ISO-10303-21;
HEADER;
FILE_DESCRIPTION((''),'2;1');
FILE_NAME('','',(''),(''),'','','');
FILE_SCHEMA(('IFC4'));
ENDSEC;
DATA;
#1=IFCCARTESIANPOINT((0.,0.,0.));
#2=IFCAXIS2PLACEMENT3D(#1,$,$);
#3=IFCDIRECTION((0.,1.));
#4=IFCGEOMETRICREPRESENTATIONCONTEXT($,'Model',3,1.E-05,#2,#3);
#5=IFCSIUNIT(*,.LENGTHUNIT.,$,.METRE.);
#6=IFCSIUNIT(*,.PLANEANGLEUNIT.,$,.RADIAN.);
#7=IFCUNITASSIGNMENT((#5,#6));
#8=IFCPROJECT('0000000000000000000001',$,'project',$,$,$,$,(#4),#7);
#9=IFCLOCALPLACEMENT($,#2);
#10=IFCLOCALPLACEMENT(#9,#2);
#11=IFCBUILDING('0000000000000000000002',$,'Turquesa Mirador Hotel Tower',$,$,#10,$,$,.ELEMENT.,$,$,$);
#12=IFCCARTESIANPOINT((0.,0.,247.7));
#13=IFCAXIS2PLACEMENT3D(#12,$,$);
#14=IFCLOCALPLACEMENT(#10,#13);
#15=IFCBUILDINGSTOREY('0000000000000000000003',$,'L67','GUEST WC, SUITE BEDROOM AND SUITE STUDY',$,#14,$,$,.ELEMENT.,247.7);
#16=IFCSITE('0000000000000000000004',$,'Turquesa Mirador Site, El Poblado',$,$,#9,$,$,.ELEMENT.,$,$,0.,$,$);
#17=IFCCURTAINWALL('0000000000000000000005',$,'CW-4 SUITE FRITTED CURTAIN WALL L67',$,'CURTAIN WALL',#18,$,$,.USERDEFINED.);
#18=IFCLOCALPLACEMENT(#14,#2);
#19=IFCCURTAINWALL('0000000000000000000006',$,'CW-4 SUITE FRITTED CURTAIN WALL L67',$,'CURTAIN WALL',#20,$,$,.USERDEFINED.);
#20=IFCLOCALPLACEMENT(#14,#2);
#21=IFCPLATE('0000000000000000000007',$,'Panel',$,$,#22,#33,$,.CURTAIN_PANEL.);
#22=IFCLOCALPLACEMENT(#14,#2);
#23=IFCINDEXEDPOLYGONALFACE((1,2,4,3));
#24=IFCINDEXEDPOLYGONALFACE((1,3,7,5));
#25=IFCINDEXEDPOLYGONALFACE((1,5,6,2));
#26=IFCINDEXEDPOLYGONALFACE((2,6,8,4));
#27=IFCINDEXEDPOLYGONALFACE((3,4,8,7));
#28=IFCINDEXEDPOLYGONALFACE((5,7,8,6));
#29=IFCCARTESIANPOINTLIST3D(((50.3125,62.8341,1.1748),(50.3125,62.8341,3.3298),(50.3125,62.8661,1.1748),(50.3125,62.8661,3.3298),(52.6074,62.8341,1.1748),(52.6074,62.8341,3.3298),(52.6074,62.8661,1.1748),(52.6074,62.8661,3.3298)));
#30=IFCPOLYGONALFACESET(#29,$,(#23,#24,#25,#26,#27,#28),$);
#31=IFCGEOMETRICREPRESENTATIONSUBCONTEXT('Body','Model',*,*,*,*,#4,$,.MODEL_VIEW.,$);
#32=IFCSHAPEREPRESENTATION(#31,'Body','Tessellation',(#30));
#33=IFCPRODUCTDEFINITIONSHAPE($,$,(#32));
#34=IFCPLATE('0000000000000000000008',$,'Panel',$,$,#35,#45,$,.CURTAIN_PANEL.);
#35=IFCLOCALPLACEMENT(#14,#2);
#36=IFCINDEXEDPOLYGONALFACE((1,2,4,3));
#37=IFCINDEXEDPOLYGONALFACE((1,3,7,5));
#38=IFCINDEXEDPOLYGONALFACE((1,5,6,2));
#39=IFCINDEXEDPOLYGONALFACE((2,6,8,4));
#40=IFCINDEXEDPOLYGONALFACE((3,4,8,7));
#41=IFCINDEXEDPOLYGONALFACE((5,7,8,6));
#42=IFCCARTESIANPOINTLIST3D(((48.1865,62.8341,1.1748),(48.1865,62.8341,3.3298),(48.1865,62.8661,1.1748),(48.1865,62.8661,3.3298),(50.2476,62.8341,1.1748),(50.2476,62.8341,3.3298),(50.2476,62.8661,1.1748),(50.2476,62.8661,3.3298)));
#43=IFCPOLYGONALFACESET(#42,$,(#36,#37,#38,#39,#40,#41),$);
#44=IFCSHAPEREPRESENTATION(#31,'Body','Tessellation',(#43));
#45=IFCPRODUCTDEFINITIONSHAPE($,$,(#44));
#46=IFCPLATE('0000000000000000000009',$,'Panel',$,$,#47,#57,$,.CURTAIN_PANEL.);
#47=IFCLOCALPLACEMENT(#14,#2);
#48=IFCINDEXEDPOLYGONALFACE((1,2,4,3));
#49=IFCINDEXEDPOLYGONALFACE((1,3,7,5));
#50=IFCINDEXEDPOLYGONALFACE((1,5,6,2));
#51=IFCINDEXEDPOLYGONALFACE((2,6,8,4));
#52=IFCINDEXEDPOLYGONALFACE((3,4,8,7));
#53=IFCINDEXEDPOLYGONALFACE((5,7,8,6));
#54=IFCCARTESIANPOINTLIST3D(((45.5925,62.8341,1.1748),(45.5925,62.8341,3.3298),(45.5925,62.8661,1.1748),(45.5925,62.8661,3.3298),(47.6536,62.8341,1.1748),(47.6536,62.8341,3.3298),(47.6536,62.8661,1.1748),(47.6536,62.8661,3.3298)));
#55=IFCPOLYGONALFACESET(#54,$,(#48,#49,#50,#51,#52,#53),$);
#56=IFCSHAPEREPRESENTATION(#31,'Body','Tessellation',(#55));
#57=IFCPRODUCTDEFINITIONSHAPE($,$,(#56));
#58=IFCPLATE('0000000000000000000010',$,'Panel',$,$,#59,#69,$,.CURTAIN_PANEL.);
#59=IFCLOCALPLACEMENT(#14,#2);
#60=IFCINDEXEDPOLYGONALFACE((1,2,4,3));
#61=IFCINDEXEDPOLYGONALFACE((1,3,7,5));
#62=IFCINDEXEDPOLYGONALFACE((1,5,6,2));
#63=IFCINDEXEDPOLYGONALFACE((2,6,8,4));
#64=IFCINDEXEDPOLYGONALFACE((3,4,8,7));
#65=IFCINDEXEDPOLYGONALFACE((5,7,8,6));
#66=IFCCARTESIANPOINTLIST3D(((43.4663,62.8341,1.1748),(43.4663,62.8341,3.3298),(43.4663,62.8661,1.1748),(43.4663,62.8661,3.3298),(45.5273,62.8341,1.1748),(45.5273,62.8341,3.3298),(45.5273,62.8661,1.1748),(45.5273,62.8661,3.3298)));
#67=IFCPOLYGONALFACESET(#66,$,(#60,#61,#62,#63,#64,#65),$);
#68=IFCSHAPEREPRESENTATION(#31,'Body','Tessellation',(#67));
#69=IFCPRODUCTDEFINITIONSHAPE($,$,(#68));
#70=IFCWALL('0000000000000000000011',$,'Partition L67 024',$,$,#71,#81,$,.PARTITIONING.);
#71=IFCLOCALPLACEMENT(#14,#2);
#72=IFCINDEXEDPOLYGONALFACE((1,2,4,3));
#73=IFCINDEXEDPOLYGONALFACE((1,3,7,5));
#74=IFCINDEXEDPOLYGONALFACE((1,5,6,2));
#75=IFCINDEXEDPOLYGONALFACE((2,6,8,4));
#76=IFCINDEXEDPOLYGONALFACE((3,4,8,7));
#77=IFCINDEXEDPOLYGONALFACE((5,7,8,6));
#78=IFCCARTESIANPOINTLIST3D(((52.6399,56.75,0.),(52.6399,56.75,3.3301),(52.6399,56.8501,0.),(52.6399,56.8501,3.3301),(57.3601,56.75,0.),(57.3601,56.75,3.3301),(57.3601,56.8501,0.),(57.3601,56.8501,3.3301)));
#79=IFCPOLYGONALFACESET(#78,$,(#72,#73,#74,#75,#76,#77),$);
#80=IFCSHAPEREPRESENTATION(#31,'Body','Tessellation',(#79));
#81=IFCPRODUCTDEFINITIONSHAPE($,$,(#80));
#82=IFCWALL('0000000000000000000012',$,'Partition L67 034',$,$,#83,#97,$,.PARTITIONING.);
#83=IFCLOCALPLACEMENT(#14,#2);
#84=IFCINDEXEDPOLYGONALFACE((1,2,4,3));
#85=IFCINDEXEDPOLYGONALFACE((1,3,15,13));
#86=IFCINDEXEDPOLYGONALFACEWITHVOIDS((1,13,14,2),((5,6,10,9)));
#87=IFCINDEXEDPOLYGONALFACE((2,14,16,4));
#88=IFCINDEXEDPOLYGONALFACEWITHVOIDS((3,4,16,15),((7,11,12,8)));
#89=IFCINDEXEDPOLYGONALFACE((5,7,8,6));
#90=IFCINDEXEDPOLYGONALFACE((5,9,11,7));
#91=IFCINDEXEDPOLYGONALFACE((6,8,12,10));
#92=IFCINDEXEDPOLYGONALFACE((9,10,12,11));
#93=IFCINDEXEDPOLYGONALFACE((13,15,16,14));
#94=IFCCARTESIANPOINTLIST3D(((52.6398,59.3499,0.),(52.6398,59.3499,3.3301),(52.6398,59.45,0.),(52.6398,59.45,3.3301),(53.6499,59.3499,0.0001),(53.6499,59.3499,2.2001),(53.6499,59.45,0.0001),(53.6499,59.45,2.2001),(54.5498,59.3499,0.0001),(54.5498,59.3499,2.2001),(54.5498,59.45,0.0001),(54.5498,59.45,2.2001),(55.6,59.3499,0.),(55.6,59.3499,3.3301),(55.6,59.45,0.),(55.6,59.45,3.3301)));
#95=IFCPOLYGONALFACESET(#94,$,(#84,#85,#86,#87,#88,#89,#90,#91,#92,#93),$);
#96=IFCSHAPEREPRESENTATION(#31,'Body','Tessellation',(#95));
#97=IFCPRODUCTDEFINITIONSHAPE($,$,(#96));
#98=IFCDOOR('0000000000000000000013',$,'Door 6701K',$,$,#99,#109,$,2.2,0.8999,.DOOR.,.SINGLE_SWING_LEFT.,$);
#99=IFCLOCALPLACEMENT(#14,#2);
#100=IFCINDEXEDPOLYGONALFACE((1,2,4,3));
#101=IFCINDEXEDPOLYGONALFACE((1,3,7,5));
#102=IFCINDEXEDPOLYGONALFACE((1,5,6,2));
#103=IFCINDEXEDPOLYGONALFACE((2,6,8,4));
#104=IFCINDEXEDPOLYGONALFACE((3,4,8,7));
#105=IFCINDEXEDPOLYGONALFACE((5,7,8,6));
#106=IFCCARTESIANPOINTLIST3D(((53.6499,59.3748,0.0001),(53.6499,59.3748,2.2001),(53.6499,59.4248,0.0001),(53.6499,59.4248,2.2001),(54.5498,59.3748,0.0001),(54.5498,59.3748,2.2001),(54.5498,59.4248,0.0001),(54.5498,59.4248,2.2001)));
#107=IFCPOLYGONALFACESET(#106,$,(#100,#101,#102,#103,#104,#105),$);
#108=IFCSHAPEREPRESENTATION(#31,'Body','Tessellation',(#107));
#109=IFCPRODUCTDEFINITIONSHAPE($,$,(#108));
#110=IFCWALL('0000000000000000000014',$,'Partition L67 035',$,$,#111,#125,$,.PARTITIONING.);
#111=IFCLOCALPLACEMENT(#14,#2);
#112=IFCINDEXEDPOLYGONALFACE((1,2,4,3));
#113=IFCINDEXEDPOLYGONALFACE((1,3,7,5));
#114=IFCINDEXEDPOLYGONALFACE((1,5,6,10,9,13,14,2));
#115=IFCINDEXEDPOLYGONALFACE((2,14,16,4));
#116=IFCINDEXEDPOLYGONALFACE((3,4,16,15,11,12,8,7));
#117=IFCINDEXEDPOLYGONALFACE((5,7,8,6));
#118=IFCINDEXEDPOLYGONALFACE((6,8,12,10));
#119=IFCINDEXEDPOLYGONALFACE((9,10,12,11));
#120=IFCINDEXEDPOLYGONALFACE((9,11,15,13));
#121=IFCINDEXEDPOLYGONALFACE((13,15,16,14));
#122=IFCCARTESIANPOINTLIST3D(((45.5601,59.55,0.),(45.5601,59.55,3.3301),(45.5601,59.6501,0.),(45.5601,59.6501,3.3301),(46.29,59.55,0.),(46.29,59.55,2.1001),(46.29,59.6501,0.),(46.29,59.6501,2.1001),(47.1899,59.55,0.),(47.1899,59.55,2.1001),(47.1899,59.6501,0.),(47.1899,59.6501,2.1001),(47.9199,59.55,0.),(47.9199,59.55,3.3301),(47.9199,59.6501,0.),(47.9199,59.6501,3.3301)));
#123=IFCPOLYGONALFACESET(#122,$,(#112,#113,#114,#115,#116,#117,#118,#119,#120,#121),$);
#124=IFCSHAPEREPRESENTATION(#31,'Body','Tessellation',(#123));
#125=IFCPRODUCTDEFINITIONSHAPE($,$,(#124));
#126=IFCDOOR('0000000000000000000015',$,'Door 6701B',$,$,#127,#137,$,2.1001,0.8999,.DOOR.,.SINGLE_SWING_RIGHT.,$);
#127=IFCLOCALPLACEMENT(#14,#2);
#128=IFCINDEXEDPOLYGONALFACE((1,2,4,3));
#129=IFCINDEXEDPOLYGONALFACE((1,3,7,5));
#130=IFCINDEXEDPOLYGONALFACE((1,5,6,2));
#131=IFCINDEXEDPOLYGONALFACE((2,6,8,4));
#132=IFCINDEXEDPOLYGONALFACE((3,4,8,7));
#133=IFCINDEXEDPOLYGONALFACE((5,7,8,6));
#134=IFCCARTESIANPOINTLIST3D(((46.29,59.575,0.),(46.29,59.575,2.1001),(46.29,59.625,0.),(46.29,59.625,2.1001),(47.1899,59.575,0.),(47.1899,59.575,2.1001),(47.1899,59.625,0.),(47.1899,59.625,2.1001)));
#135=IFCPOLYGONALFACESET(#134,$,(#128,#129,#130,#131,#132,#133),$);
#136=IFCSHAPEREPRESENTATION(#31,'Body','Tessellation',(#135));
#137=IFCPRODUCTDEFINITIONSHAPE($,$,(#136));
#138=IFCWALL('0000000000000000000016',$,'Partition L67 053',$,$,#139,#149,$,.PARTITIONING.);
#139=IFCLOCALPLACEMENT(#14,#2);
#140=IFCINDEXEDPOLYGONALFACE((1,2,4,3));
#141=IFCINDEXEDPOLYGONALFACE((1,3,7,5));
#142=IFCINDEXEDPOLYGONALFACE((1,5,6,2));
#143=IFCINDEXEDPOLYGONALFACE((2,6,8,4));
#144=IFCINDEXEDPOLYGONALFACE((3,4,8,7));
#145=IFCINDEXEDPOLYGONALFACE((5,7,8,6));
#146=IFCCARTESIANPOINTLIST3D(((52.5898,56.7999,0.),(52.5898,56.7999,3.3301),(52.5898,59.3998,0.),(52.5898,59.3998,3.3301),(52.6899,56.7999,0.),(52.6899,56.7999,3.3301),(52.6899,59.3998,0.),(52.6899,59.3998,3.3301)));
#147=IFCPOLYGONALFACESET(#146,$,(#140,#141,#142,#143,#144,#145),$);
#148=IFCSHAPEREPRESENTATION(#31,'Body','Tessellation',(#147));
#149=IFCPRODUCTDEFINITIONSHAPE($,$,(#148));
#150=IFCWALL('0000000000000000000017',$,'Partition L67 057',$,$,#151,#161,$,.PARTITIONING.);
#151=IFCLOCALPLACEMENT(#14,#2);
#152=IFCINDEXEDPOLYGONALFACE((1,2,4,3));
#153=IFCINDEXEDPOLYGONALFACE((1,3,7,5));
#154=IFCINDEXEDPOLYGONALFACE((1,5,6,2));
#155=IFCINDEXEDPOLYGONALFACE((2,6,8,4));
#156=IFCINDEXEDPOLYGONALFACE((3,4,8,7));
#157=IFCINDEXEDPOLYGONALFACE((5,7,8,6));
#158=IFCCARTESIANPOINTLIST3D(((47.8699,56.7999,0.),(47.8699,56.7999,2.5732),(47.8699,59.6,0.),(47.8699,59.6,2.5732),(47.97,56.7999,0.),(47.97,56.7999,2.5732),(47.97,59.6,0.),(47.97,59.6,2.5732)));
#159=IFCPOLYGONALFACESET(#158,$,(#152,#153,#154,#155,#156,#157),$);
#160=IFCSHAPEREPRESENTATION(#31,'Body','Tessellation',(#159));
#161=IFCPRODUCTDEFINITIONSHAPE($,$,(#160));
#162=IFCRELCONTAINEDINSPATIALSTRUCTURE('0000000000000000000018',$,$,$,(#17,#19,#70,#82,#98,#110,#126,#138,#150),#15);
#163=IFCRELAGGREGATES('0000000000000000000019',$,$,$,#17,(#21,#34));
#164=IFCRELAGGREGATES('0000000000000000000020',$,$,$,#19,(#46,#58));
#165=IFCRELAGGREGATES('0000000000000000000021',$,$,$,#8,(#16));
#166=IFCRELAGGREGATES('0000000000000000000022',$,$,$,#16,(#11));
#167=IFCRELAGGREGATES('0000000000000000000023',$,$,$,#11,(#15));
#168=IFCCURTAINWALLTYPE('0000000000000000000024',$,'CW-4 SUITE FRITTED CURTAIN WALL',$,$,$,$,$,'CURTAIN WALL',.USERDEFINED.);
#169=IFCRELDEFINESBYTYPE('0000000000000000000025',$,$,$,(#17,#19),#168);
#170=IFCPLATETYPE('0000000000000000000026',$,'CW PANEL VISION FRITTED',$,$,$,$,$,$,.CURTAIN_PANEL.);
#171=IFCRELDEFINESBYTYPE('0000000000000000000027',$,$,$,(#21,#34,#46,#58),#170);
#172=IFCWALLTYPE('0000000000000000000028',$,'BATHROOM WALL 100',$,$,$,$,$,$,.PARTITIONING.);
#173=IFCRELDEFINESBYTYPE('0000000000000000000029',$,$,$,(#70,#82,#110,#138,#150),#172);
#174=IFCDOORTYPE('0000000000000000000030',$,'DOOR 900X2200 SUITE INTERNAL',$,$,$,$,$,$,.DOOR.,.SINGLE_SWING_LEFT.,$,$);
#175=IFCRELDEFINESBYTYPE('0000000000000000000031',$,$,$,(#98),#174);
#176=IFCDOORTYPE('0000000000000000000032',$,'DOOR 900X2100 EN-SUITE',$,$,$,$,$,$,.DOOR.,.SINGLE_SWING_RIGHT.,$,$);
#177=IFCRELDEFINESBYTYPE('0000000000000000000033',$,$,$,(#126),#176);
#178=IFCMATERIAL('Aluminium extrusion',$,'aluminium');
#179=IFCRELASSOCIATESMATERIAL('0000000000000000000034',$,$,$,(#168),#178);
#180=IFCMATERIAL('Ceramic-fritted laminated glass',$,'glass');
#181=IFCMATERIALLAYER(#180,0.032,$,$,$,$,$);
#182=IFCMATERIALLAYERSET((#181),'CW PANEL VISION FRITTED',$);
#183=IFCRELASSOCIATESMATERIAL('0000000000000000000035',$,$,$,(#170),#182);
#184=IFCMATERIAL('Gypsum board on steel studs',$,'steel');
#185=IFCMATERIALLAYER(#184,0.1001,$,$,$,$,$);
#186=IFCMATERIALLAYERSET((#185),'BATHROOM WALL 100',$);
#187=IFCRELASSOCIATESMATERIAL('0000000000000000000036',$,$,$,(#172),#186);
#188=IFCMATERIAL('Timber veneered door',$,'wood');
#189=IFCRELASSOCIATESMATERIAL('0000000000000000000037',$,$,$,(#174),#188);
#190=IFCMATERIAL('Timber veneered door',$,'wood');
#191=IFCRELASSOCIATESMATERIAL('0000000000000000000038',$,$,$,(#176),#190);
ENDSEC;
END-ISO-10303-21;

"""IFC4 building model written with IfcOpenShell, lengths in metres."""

from ifc_helpers import new_model, si_unit, direction, frame, frame_2d, origin, origin_2d, place, context, subcontext, project, spatial, rectangle, extrude, material, layer, layer_set, type_object, element, fill, aggregate, save


model = new_model("IFC4")

# Units and contexts
model_context = context("Model", 3, precision=1e-05, world=origin(), true_north=direction((0.0, 1.0)))
body_context = subcontext(model_context, "Body", "Model", "MODEL_VIEW")
ifc_project = project(units=[si_unit("LENGTHUNIT", "METRE"), si_unit("PLANEANGLEUNIT", "RADIAN")], contexts=[model_context])

# Site, building, storey
site_placement = place(None, origin())
site = spatial("IfcSite", under=ifc_project, at=site_placement, Name="Turquesa Mirador Site, El Poblado", CompositionType="ELEMENT", RefElevation=0.0)
building_placement = place(site_placement, origin())
building = spatial("IfcBuilding", under=site, at=building_placement, Name="Turquesa Mirador Hotel Tower", CompositionType="ELEMENT")
storey_placement = place(building_placement, frame((0.0, 0.0, 247.7)))
storey = spatial("IfcBuildingStorey", under=building, at=storey_placement, Name="L67", Description="GUEST WC, SUITE BEDROOM AND SUITE STUDY", CompositionType="ELEMENT", Elevation=247.7)

# Curtain walls
ifc_material_1 = material(Name="Aluminium extrusion", Category="aluminium")
curtain_wall_type = type_object("IfcCurtainWallType", Name="CW-4 SUITE FRITTED CURTAIN WALL", ElementType="CURTAIN WALL", PredefinedType="USERDEFINED", material=ifc_material_1)
curtain_wall_1_placement = place(storey_placement, origin())
curtain_wall_1 = element("IfcCurtainWall", 1, at=curtain_wall_1_placement, inside=storey, type_object=curtain_wall_type, Name="CW-4 SUITE FRITTED CURTAIN WALL L67", ObjectType="CURTAIN WALL", PredefinedType="USERDEFINED")
curtain_wall_2_placement = place(storey_placement, origin())
curtain_wall_2 = element("IfcCurtainWall", 2, at=curtain_wall_2_placement, inside=storey, type_object=curtain_wall_type, Name="CW-4 SUITE FRITTED CURTAIN WALL L67", ObjectType="CURTAIN WALL", PredefinedType="USERDEFINED")

# Plates
ifc_material_2 = material(Name="Ceramic-fritted laminated glass", Category="glass")
ifc_layer_1 = layer(ifc_material_2, 0.032)
ifc_layer_set_1 = layer_set([ifc_layer_1], Name="CW PANEL VISION FRITTED")
plate_type_1 = type_object("IfcPlateType", Name="CW PANEL VISION FRITTED", PredefinedType="CURTAIN_PANEL", material=ifc_layer_set_1)
plate_1_placement = place(storey_placement, frame((51.46, 62.8501, 1.1748), z_axis=(0.0, 0.0, 1.0), x_axis=(-1.0, 0.0, 0.0)))
plate_1 = element("IfcPlate", 3, at=plate_1_placement, type_object=plate_type_1, Name="Panel", PredefinedType="CURTAIN_PANEL", context=body_context, shape_type="SweptSolid", body=[
    extrude(rectangle(XDim=2.2949, YDim=0.032, at=origin_2d()), origin(), (0.0, 0.0, 1.0), 2.155),
])
plate_2_placement = place(storey_placement, frame((49.217, 62.8501, 1.1748), z_axis=(0.0, 0.0, 1.0), x_axis=(-1.0, 0.0, 0.0)))
plate_2 = element("IfcPlate", 4, at=plate_2_placement, type_object=plate_type_1, Name="Panel", PredefinedType="CURTAIN_PANEL", context=body_context, shape_type="SweptSolid", body=[
    extrude(rectangle(XDim=2.061, YDim=0.032, at=origin_2d()), origin(), (0.0, 0.0, 1.0), 2.155),
])
aggregate(curtain_wall_1, [plate_1, plate_2])
plate_3_placement = place(storey_placement, frame((46.623, 62.8501, 1.1748), z_axis=(0.0, 0.0, 1.0), x_axis=(-1.0, 0.0, 0.0)))
plate_3 = element("IfcPlate", 5, at=plate_3_placement, type_object=plate_type_1, Name="Panel", PredefinedType="CURTAIN_PANEL", context=body_context, shape_type="SweptSolid", body=[
    extrude(rectangle(XDim=2.061, YDim=0.032, at=origin_2d()), origin(), (0.0, 0.0, 1.0), 2.155),
])
plate_4_placement = place(storey_placement, frame((44.4968, 62.8501, 1.1748), z_axis=(0.0, 0.0, 1.0), x_axis=(-1.0, 0.0, 0.0)))
plate_4 = element("IfcPlate", 6, at=plate_4_placement, type_object=plate_type_1, Name="Panel", PredefinedType="CURTAIN_PANEL", context=body_context, shape_type="SweptSolid", body=[
    extrude(rectangle(XDim=2.061, YDim=0.032, at=origin_2d()), origin(), (0.0, 0.0, 1.0), 2.155),
])
aggregate(curtain_wall_2, [plate_3, plate_4])

# Wall
ifc_material_3 = material(Name="Gypsum board on steel studs", Category="steel")
ifc_layer_2 = layer(ifc_material_3, 0.1001)
ifc_layer_set_2 = layer_set([ifc_layer_2], Name="BATHROOM WALL 100")
wall_type_1 = type_object("IfcWallType", Name="BATHROOM WALL 100", PredefinedType="PARTITIONING", material=ifc_layer_set_2)
wall_1_placement = place(storey_placement, frame((52.6399, 56.8, 0.0), z_axis=(0.0, 0.0, 1.0), x_axis=(1.0, 0.0, 0.0)))
element("IfcWall", 7, at=wall_1_placement, inside=storey, type_object=wall_type_1, Name="Partition L67 024", PredefinedType="PARTITIONING", context=body_context, shape_type="SweptSolid", body=[
    extrude(rectangle(XDim=4.7202, YDim=0.1001, at=frame_2d((2.3601, 0.0))), origin(), (0.0, 0.0, 1.0), 3.3301),
])

# Walls, openings, doors
wall_2_placement = place(storey_placement, frame((52.6399, 59.3999, 0.0), z_axis=(0.0, 0.0, 1.0), x_axis=(1.0, 0.0, 0.0)))
wall_2 = element("IfcWall", 8, at=wall_2_placement, inside=storey, type_object=wall_type_1, Name="Partition L67 034", PredefinedType="PARTITIONING", context=body_context, shape_type="SweptSolid", body=[
    extrude(rectangle(XDim=2.9602, YDim=0.1001, at=frame_2d((1.48, 0.0))), origin(), (0.0, 0.0, 1.0), 3.3301),
])
opening_1_placement = place(wall_2_placement, frame((1.01, 0.0, 0.0)))
opening_1 = element("IfcOpeningElement", 9, at=opening_1_placement, cuts=wall_2, PredefinedType="OPENING", context=body_context, shape_type="SweptSolid", body=[
    extrude(rectangle(XDim=0.8999, YDim=2.2, at=frame_2d((0.45, 1.1001))), frame((0.0, 0.0601, 0.0), z_axis=(0.0, -1.0, 0.0), x_axis=(1.0, 0.0, 0.0)), (0.0, 0.0, 1.0), 0.1201),
])
ifc_material_4 = material(Name="Timber veneered door", Category="wood")
door_type_1 = type_object("IfcDoorType", Name="DOOR 900X2200 SUITE INTERNAL", OperationType="SINGLE_SWING_LEFT", PredefinedType="DOOR", material=ifc_material_4)
door_1_placement = place(opening_1_placement, origin())
door_1 = element("IfcDoor", 10, at=door_1_placement, inside=storey, type_object=door_type_1, Name="Door 6701K", OperationType="SINGLE_SWING_LEFT", OverallHeight=2.2, OverallWidth=0.8999, PredefinedType="DOOR", context=body_context, shape_type="SweptSolid", body=[
    extrude(rectangle(XDim=0.8999, YDim=2.2, at=frame_2d((0.45, 1.1001))), frame((0.0, 0.0249, 0.0), z_axis=(0.0, -1.0, 0.0), x_axis=(1.0, 0.0, 0.0)), (0.0, 0.0, 1.0), 0.05),
])
fill(opening_1, door_1)
wall_3_placement = place(storey_placement, frame((45.5601, 59.6001, 0.0), z_axis=(0.0, 0.0, 1.0), x_axis=(1.0, 0.0, 0.0)))
wall_3 = element("IfcWall", 11, at=wall_3_placement, inside=storey, type_object=wall_type_1, Name="Partition L67 035", PredefinedType="PARTITIONING", context=body_context, shape_type="SweptSolid", body=[
    extrude(rectangle(XDim=2.3599, YDim=0.1001, at=frame_2d((1.1799, 0.0))), origin(), (0.0, 0.0, 1.0), 3.3301),
])
opening_2_placement = place(wall_3_placement, frame((0.73, 0.0, 0.0)))
opening_2 = element("IfcOpeningElement", 12, at=opening_2_placement, cuts=wall_3, PredefinedType="OPENING", context=body_context, shape_type="SweptSolid", body=[
    extrude(rectangle(XDim=0.8999, YDim=2.1001, at=frame_2d((0.45, 1.05))), frame((0.0, 0.0601, 0.0), z_axis=(0.0, -1.0, 0.0), x_axis=(1.0, 0.0, 0.0)), (0.0, 0.0, 1.0), 0.1201),
])
ifc_material_5 = material(Name="Timber veneered door", Category="wood")
door_type_2 = type_object("IfcDoorType", Name="DOOR 900X2100 EN-SUITE", OperationType="SINGLE_SWING_RIGHT", PredefinedType="DOOR", material=ifc_material_5)
door_2_placement = place(opening_2_placement, origin())
door_2 = element("IfcDoor", 13, at=door_2_placement, inside=storey, type_object=door_type_2, Name="Door 6701B", OperationType="SINGLE_SWING_RIGHT", OverallHeight=2.1001, OverallWidth=0.8999, PredefinedType="DOOR", context=body_context, shape_type="SweptSolid", body=[
    extrude(rectangle(XDim=0.8999, YDim=2.1001, at=frame_2d((0.45, 1.05))), frame((0.0, 0.0249, 0.0), z_axis=(0.0, -1.0, 0.0), x_axis=(1.0, 0.0, 0.0)), (0.0, 0.0, 1.0), 0.05),
])
fill(opening_2, door_2)

# Walls
wall_4_placement = place(storey_placement, frame((52.6399, 56.8, 0.0), z_axis=(0.0, 0.0, 1.0), x_axis=(0.0, 1.0, 0.0)))
element("IfcWall", 14, at=wall_4_placement, inside=storey, type_object=wall_type_1, Name="Partition L67 053", PredefinedType="PARTITIONING", context=body_context, shape_type="SweptSolid", body=[
    extrude(rectangle(XDim=2.5999, YDim=0.1001, at=frame_2d((1.2998, 0.0))), origin(), (0.0, 0.0, 1.0), 3.3301),
])
wall_5_placement = place(storey_placement, frame((47.9199, 56.8, 0.0), z_axis=(0.0, 0.0, 1.0), x_axis=(0.0, 1.0, 0.0)))
element("IfcWall", 15, at=wall_5_placement, inside=storey, type_object=wall_type_1, Name="Partition L67 057", PredefinedType="PARTITIONING", context=body_context, shape_type="SweptSolid", body=[
    extrude(rectangle(XDim=2.8, YDim=0.1001, at=frame_2d((1.3999, 0.0))), origin(), (0.0, 0.0, 1.0), 2.5732),
])

save(model, "model.ifc")
